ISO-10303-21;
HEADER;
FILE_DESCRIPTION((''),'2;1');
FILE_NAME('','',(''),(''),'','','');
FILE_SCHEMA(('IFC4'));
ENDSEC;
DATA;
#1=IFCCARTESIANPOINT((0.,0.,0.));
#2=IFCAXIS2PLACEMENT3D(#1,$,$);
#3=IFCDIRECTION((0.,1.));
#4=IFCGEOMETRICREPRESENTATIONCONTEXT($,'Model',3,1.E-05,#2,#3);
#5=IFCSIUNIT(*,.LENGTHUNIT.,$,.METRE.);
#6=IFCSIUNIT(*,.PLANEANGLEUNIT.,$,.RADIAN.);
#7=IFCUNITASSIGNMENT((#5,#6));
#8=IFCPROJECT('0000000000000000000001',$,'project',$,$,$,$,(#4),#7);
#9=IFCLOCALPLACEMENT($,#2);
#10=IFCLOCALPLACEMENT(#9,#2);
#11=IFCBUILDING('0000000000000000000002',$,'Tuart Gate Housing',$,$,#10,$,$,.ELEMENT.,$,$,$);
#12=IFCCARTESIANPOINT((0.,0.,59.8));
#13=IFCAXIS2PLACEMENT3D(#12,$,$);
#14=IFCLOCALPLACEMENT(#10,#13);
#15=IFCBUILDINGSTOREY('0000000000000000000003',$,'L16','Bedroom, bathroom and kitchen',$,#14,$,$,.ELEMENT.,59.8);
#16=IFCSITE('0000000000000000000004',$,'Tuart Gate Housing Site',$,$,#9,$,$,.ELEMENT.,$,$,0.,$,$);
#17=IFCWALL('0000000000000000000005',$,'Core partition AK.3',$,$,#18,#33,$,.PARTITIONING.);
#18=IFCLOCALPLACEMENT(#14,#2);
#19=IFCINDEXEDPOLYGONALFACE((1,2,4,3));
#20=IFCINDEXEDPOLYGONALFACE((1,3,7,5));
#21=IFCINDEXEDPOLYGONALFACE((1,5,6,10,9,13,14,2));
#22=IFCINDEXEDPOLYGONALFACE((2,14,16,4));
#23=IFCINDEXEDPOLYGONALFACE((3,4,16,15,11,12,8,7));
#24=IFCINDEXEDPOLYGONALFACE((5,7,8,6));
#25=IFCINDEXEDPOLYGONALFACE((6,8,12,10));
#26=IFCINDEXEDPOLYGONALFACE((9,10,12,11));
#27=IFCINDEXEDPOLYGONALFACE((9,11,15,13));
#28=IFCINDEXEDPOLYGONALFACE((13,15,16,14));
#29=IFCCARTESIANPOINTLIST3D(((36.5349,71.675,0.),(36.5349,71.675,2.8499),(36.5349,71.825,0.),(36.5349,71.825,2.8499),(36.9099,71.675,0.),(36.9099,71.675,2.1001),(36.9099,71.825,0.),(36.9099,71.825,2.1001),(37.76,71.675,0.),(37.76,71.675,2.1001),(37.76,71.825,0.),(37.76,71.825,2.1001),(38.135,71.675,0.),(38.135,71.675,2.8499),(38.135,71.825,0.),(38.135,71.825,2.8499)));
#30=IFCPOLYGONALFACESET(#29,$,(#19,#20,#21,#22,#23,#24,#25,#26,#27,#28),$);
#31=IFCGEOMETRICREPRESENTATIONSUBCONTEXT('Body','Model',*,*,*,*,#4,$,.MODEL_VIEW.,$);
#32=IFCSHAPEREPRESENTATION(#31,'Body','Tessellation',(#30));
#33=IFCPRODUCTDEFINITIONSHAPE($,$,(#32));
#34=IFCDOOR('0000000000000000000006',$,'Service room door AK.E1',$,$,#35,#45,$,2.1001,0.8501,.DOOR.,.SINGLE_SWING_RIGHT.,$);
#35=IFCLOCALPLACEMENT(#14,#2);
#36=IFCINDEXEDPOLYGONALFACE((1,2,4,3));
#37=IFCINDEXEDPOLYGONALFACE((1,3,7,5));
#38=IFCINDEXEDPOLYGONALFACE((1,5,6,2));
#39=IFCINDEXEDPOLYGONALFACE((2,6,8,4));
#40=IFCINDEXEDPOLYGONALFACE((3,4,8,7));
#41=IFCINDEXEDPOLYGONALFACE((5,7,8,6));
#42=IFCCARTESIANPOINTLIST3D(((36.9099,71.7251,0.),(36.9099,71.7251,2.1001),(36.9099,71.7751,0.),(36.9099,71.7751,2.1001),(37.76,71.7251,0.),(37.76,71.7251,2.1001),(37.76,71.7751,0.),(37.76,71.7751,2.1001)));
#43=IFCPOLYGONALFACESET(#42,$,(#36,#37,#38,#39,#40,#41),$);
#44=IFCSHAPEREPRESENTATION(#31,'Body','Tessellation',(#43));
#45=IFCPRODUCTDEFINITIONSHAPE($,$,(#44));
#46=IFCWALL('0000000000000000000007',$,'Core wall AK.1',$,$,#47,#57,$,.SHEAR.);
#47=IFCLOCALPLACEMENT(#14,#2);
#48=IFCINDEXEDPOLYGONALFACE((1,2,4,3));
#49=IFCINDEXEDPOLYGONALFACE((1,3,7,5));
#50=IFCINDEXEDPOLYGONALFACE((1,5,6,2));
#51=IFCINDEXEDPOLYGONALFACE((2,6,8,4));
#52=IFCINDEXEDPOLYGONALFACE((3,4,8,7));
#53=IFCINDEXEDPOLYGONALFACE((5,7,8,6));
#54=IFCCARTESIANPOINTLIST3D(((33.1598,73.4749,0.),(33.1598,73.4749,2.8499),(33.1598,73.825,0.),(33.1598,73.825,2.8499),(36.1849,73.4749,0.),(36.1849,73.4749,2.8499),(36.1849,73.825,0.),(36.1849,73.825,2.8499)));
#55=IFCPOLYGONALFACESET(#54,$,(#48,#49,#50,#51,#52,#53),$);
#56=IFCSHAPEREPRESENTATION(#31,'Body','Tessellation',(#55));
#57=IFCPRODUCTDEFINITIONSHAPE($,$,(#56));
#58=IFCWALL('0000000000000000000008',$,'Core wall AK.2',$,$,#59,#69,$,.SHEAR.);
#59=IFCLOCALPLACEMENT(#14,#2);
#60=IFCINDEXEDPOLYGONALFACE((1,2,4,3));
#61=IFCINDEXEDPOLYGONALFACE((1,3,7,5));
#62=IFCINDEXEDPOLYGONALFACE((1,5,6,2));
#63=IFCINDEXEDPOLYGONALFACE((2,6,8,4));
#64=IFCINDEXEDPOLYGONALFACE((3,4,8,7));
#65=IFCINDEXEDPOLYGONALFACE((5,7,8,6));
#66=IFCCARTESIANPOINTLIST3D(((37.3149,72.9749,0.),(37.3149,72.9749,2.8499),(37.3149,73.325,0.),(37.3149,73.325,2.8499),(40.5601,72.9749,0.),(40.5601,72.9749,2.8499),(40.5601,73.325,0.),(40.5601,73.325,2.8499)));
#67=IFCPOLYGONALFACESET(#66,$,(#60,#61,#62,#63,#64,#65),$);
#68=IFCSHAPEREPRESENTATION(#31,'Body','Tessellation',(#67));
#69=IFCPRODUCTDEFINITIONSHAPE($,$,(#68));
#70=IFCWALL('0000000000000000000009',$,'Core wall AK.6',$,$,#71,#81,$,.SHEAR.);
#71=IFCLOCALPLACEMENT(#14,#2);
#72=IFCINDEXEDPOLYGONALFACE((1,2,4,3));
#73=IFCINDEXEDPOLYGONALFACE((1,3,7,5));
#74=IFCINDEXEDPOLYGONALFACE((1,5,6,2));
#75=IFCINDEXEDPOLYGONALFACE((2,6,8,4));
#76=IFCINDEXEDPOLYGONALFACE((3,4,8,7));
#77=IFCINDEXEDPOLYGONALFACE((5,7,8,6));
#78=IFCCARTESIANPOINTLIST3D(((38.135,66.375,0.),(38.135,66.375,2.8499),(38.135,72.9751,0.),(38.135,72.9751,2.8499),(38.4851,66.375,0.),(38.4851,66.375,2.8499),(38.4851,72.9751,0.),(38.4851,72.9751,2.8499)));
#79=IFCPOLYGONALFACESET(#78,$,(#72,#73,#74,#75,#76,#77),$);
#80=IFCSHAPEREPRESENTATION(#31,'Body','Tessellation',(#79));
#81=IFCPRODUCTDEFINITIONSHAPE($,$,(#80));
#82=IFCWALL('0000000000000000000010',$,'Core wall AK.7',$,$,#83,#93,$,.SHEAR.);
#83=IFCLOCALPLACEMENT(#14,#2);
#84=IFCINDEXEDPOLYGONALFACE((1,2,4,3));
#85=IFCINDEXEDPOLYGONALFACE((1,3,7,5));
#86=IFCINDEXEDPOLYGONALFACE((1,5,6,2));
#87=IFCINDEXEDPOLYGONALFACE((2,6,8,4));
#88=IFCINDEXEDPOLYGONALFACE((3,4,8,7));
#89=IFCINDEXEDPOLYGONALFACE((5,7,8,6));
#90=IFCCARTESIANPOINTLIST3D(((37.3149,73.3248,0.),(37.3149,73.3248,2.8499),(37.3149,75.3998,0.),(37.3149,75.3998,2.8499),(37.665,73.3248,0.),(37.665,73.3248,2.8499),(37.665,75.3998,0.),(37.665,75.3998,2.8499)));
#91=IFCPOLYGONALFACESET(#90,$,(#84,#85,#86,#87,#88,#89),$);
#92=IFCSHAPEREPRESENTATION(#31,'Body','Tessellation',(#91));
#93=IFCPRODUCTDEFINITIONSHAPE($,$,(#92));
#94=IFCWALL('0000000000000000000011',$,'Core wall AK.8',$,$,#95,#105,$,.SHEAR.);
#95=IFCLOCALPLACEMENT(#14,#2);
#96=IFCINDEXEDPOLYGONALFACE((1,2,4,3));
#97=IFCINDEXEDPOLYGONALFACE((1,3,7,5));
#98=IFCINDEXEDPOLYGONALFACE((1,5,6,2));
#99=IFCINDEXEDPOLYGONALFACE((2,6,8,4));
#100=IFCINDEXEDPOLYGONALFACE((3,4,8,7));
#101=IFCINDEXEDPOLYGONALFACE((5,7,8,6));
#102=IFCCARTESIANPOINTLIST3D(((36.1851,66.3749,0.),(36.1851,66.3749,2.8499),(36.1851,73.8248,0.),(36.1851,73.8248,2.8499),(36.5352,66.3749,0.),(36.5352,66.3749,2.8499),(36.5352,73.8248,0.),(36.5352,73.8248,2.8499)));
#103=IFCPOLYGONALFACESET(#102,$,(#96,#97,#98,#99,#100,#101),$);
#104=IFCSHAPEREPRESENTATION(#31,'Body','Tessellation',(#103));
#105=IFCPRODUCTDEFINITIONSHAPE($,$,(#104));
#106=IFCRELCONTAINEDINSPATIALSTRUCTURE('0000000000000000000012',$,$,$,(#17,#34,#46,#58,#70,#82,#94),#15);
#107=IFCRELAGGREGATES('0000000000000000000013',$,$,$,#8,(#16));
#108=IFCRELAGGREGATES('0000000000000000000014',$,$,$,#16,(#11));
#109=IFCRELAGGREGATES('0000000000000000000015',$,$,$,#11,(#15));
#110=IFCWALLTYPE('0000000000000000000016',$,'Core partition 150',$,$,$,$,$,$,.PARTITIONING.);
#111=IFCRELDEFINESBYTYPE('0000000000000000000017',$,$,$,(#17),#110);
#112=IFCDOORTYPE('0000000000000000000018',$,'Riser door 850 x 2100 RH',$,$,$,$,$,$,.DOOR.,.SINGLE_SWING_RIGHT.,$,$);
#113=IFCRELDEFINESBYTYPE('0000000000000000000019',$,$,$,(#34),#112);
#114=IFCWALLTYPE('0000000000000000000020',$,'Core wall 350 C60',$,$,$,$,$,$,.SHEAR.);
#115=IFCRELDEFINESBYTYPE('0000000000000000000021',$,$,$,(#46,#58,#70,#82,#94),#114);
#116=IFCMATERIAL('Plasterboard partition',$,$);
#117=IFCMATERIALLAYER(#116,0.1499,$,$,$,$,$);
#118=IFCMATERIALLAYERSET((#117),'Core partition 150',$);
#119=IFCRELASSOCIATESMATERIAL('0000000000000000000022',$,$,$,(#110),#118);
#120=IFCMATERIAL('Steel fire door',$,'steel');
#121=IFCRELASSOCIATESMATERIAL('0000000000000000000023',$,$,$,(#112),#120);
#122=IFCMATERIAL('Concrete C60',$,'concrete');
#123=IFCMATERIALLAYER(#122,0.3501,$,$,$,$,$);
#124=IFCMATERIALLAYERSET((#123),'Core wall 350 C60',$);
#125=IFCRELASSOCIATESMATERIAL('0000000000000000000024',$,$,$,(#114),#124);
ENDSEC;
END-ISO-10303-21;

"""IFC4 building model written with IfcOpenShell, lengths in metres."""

from ifc_helpers import new_model, si_unit, direction, frame, frame_2d, origin, place, context, subcontext, project, spatial, rectangle, extrude, material, layer, layer_set, type_object, element, fill, save


model = new_model("IFC4")

# Units and contexts
model_context = context("Model", 3, precision=1e-05, world=origin(), true_north=direction((0.0, 1.0)))
body_context = subcontext(model_context, "Body", "Model", "MODEL_VIEW")
ifc_project = project(units=[si_unit("LENGTHUNIT", "METRE"), si_unit("PLANEANGLEUNIT", "RADIAN")], contexts=[model_context])

# Site, building, storey
site_placement = place(None, origin())
site = spatial("IfcSite", under=ifc_project, at=site_placement, Name="Tuart Gate Housing Site", CompositionType="ELEMENT", RefElevation=0.0)
building_placement = place(site_placement, origin())
building = spatial("IfcBuilding", under=site, at=building_placement, Name="Tuart Gate Housing", CompositionType="ELEMENT")
storey_placement = place(building_placement, frame((0.0, 0.0, 59.8)))
storey = spatial("IfcBuildingStorey", under=building, at=storey_placement, Name="L16", Description="Bedroom, bathroom and kitchen", CompositionType="ELEMENT", Elevation=59.8)

# Wall, opening, door
ifc_material_1 = material(Name="Plasterboard partition")
ifc_layer_1 = layer(ifc_material_1, 0.1499)
ifc_layer_set_1 = layer_set([ifc_layer_1], Name="Core partition 150")
wall_type_1 = type_object("IfcWallType", Name="Core partition 150", PredefinedType="PARTITIONING", material=ifc_layer_set_1)
wall_1_placement = place(storey_placement, frame((38.135, 71.75, 0.0), z_axis=(0.0, 0.0, 1.0), x_axis=(-1.0, 0.0, 0.0)))
wall_1 = element("IfcWall", 1, at=wall_1_placement, inside=storey, type_object=wall_type_1, Name="Core partition AK.3", PredefinedType="PARTITIONING", context=body_context, shape_type="SweptSolid", body=[
    extrude(rectangle(XDim=1.6001, YDim=0.1499, at=frame_2d((0.8, 0.0))), origin(), (0.0, 0.0, 1.0), 2.8499),
])
opening_1_placement = place(wall_1_placement, frame((0.375, 0.0, 0.0)))
opening_1 = element("IfcOpeningElement", 2, at=opening_1_placement, cuts=wall_1, PredefinedType="OPENING", context=body_context, shape_type="SweptSolid", body=[
    extrude(rectangle(XDim=0.8501, YDim=2.1001, at=frame_2d((0.425, 1.05))), frame((0.0, 0.085, 0.0), z_axis=(0.0, -1.0, 0.0), x_axis=(1.0, 0.0, 0.0)), (0.0, 0.0, 1.0), 0.1699),
])
ifc_material_2 = material(Name="Steel fire door", Category="steel")
door_type_1 = type_object("IfcDoorType", Name="Riser door 850 x 2100 RH", OperationType="SINGLE_SWING_RIGHT", PredefinedType="DOOR", material=ifc_material_2)
door_1_placement = place(opening_1_placement, frame((0.8501, 0.0, 0.0), z_axis=(0.0, 0.0, 1.0), x_axis=(-1.0, 0.0, 0.0)))
door_1 = element("IfcDoor", 3, at=door_1_placement, inside=storey, type_object=door_type_1, Name="Service room door AK.E1", OperationType="SINGLE_SWING_RIGHT", OverallHeight=2.1001, OverallWidth=0.8501, PredefinedType="DOOR", context=body_context, shape_type="SweptSolid", body=[
    extrude(rectangle(XDim=0.8501, YDim=2.1001, at=frame_2d((0.425, 1.05))), frame((0.0, 0.0251, 0.0), z_axis=(0.0, -1.0, 0.0), x_axis=(1.0, 0.0, 0.0)), (0.0, 0.0, 1.0), 0.05),
])
fill(opening_1, door_1)

# Walls
ifc_material_3 = material(Name="Concrete C60", Category="concrete")
ifc_layer_2 = layer(ifc_material_3, 0.3501)
ifc_layer_set_2 = layer_set([ifc_layer_2], Name="Core wall 350 C60")
wall_type_2 = type_object("IfcWallType", Name="Core wall 350 C60", PredefinedType="SHEAR", material=ifc_layer_set_2)
wall_2_placement = place(storey_placement, frame((36.1851, 73.6499, 0.0), z_axis=(0.0, 0.0, 1.0), x_axis=(-1.0, 0.0, 0.0)))
element("IfcWall", 4, at=wall_2_placement, inside=storey, type_object=wall_type_2, Name="Core wall AK.1", PredefinedType="SHEAR", context=body_context, shape_type="SweptSolid", body=[
    extrude(rectangle(XDim=3.0251, YDim=0.3501, at=frame_2d((1.5127, 0.0))), origin(), (0.0, 0.0, 1.0), 2.8499),
])
wall_3_placement = place(storey_placement, frame((40.5601, 73.1499, 0.0), z_axis=(0.0, 0.0, 1.0), x_axis=(-1.0, 0.0, 0.0)))
element("IfcWall", 5, at=wall_3_placement, inside=storey, type_object=wall_type_2, Name="Core wall AK.2", PredefinedType="SHEAR", context=body_context, shape_type="SweptSolid", body=[
    extrude(rectangle(XDim=3.2451, YDim=0.3501, at=frame_2d((1.6226, 0.0))), origin(), (0.0, 0.0, 1.0), 2.8499),
])
wall_4_placement = place(storey_placement, frame((38.3101, 72.9751, 0.0), z_axis=(0.0, 0.0, 1.0), x_axis=(0.0, -1.0, 0.0)))
element("IfcWall", 6, at=wall_4_placement, inside=storey, type_object=wall_type_2, Name="Core wall AK.6", PredefinedType="SHEAR", context=body_context, shape_type="SweptSolid", body=[
    extrude(rectangle(XDim=6.6001, YDim=0.3501, at=frame_2d((3.3, 0.0))), origin(), (0.0, 0.0, 1.0), 2.8499),
])
wall_5_placement = place(storey_placement, frame((37.49, 75.3999, 0.0), z_axis=(0.0, 0.0, 1.0), x_axis=(0.0, -1.0, 0.0)))
element("IfcWall", 7, at=wall_5_placement, inside=storey, type_object=wall_type_2, Name="Core wall AK.7", PredefinedType="SHEAR", context=body_context, shape_type="SweptSolid", body=[
    extrude(rectangle(XDim=2.075, YDim=0.3501, at=frame_2d((1.0376, 0.0))), origin(), (0.0, 0.0, 1.0), 2.8499),
])
wall_6_placement = place(storey_placement, frame((36.3601, 73.825, 0.0), z_axis=(0.0, 0.0, 1.0), x_axis=(0.0, -1.0, 0.0)))
element("IfcWall", 8, at=wall_6_placement, inside=storey, type_object=wall_type_2, Name="Core wall AK.8", PredefinedType="SHEAR", context=body_context, shape_type="SweptSolid", body=[
    extrude(rectangle(XDim=7.45, YDim=0.3501, at=frame_2d((3.7251, 0.0))), origin(), (0.0, 0.0, 1.0), 2.8499),
])

save(model, "model.ifc")
